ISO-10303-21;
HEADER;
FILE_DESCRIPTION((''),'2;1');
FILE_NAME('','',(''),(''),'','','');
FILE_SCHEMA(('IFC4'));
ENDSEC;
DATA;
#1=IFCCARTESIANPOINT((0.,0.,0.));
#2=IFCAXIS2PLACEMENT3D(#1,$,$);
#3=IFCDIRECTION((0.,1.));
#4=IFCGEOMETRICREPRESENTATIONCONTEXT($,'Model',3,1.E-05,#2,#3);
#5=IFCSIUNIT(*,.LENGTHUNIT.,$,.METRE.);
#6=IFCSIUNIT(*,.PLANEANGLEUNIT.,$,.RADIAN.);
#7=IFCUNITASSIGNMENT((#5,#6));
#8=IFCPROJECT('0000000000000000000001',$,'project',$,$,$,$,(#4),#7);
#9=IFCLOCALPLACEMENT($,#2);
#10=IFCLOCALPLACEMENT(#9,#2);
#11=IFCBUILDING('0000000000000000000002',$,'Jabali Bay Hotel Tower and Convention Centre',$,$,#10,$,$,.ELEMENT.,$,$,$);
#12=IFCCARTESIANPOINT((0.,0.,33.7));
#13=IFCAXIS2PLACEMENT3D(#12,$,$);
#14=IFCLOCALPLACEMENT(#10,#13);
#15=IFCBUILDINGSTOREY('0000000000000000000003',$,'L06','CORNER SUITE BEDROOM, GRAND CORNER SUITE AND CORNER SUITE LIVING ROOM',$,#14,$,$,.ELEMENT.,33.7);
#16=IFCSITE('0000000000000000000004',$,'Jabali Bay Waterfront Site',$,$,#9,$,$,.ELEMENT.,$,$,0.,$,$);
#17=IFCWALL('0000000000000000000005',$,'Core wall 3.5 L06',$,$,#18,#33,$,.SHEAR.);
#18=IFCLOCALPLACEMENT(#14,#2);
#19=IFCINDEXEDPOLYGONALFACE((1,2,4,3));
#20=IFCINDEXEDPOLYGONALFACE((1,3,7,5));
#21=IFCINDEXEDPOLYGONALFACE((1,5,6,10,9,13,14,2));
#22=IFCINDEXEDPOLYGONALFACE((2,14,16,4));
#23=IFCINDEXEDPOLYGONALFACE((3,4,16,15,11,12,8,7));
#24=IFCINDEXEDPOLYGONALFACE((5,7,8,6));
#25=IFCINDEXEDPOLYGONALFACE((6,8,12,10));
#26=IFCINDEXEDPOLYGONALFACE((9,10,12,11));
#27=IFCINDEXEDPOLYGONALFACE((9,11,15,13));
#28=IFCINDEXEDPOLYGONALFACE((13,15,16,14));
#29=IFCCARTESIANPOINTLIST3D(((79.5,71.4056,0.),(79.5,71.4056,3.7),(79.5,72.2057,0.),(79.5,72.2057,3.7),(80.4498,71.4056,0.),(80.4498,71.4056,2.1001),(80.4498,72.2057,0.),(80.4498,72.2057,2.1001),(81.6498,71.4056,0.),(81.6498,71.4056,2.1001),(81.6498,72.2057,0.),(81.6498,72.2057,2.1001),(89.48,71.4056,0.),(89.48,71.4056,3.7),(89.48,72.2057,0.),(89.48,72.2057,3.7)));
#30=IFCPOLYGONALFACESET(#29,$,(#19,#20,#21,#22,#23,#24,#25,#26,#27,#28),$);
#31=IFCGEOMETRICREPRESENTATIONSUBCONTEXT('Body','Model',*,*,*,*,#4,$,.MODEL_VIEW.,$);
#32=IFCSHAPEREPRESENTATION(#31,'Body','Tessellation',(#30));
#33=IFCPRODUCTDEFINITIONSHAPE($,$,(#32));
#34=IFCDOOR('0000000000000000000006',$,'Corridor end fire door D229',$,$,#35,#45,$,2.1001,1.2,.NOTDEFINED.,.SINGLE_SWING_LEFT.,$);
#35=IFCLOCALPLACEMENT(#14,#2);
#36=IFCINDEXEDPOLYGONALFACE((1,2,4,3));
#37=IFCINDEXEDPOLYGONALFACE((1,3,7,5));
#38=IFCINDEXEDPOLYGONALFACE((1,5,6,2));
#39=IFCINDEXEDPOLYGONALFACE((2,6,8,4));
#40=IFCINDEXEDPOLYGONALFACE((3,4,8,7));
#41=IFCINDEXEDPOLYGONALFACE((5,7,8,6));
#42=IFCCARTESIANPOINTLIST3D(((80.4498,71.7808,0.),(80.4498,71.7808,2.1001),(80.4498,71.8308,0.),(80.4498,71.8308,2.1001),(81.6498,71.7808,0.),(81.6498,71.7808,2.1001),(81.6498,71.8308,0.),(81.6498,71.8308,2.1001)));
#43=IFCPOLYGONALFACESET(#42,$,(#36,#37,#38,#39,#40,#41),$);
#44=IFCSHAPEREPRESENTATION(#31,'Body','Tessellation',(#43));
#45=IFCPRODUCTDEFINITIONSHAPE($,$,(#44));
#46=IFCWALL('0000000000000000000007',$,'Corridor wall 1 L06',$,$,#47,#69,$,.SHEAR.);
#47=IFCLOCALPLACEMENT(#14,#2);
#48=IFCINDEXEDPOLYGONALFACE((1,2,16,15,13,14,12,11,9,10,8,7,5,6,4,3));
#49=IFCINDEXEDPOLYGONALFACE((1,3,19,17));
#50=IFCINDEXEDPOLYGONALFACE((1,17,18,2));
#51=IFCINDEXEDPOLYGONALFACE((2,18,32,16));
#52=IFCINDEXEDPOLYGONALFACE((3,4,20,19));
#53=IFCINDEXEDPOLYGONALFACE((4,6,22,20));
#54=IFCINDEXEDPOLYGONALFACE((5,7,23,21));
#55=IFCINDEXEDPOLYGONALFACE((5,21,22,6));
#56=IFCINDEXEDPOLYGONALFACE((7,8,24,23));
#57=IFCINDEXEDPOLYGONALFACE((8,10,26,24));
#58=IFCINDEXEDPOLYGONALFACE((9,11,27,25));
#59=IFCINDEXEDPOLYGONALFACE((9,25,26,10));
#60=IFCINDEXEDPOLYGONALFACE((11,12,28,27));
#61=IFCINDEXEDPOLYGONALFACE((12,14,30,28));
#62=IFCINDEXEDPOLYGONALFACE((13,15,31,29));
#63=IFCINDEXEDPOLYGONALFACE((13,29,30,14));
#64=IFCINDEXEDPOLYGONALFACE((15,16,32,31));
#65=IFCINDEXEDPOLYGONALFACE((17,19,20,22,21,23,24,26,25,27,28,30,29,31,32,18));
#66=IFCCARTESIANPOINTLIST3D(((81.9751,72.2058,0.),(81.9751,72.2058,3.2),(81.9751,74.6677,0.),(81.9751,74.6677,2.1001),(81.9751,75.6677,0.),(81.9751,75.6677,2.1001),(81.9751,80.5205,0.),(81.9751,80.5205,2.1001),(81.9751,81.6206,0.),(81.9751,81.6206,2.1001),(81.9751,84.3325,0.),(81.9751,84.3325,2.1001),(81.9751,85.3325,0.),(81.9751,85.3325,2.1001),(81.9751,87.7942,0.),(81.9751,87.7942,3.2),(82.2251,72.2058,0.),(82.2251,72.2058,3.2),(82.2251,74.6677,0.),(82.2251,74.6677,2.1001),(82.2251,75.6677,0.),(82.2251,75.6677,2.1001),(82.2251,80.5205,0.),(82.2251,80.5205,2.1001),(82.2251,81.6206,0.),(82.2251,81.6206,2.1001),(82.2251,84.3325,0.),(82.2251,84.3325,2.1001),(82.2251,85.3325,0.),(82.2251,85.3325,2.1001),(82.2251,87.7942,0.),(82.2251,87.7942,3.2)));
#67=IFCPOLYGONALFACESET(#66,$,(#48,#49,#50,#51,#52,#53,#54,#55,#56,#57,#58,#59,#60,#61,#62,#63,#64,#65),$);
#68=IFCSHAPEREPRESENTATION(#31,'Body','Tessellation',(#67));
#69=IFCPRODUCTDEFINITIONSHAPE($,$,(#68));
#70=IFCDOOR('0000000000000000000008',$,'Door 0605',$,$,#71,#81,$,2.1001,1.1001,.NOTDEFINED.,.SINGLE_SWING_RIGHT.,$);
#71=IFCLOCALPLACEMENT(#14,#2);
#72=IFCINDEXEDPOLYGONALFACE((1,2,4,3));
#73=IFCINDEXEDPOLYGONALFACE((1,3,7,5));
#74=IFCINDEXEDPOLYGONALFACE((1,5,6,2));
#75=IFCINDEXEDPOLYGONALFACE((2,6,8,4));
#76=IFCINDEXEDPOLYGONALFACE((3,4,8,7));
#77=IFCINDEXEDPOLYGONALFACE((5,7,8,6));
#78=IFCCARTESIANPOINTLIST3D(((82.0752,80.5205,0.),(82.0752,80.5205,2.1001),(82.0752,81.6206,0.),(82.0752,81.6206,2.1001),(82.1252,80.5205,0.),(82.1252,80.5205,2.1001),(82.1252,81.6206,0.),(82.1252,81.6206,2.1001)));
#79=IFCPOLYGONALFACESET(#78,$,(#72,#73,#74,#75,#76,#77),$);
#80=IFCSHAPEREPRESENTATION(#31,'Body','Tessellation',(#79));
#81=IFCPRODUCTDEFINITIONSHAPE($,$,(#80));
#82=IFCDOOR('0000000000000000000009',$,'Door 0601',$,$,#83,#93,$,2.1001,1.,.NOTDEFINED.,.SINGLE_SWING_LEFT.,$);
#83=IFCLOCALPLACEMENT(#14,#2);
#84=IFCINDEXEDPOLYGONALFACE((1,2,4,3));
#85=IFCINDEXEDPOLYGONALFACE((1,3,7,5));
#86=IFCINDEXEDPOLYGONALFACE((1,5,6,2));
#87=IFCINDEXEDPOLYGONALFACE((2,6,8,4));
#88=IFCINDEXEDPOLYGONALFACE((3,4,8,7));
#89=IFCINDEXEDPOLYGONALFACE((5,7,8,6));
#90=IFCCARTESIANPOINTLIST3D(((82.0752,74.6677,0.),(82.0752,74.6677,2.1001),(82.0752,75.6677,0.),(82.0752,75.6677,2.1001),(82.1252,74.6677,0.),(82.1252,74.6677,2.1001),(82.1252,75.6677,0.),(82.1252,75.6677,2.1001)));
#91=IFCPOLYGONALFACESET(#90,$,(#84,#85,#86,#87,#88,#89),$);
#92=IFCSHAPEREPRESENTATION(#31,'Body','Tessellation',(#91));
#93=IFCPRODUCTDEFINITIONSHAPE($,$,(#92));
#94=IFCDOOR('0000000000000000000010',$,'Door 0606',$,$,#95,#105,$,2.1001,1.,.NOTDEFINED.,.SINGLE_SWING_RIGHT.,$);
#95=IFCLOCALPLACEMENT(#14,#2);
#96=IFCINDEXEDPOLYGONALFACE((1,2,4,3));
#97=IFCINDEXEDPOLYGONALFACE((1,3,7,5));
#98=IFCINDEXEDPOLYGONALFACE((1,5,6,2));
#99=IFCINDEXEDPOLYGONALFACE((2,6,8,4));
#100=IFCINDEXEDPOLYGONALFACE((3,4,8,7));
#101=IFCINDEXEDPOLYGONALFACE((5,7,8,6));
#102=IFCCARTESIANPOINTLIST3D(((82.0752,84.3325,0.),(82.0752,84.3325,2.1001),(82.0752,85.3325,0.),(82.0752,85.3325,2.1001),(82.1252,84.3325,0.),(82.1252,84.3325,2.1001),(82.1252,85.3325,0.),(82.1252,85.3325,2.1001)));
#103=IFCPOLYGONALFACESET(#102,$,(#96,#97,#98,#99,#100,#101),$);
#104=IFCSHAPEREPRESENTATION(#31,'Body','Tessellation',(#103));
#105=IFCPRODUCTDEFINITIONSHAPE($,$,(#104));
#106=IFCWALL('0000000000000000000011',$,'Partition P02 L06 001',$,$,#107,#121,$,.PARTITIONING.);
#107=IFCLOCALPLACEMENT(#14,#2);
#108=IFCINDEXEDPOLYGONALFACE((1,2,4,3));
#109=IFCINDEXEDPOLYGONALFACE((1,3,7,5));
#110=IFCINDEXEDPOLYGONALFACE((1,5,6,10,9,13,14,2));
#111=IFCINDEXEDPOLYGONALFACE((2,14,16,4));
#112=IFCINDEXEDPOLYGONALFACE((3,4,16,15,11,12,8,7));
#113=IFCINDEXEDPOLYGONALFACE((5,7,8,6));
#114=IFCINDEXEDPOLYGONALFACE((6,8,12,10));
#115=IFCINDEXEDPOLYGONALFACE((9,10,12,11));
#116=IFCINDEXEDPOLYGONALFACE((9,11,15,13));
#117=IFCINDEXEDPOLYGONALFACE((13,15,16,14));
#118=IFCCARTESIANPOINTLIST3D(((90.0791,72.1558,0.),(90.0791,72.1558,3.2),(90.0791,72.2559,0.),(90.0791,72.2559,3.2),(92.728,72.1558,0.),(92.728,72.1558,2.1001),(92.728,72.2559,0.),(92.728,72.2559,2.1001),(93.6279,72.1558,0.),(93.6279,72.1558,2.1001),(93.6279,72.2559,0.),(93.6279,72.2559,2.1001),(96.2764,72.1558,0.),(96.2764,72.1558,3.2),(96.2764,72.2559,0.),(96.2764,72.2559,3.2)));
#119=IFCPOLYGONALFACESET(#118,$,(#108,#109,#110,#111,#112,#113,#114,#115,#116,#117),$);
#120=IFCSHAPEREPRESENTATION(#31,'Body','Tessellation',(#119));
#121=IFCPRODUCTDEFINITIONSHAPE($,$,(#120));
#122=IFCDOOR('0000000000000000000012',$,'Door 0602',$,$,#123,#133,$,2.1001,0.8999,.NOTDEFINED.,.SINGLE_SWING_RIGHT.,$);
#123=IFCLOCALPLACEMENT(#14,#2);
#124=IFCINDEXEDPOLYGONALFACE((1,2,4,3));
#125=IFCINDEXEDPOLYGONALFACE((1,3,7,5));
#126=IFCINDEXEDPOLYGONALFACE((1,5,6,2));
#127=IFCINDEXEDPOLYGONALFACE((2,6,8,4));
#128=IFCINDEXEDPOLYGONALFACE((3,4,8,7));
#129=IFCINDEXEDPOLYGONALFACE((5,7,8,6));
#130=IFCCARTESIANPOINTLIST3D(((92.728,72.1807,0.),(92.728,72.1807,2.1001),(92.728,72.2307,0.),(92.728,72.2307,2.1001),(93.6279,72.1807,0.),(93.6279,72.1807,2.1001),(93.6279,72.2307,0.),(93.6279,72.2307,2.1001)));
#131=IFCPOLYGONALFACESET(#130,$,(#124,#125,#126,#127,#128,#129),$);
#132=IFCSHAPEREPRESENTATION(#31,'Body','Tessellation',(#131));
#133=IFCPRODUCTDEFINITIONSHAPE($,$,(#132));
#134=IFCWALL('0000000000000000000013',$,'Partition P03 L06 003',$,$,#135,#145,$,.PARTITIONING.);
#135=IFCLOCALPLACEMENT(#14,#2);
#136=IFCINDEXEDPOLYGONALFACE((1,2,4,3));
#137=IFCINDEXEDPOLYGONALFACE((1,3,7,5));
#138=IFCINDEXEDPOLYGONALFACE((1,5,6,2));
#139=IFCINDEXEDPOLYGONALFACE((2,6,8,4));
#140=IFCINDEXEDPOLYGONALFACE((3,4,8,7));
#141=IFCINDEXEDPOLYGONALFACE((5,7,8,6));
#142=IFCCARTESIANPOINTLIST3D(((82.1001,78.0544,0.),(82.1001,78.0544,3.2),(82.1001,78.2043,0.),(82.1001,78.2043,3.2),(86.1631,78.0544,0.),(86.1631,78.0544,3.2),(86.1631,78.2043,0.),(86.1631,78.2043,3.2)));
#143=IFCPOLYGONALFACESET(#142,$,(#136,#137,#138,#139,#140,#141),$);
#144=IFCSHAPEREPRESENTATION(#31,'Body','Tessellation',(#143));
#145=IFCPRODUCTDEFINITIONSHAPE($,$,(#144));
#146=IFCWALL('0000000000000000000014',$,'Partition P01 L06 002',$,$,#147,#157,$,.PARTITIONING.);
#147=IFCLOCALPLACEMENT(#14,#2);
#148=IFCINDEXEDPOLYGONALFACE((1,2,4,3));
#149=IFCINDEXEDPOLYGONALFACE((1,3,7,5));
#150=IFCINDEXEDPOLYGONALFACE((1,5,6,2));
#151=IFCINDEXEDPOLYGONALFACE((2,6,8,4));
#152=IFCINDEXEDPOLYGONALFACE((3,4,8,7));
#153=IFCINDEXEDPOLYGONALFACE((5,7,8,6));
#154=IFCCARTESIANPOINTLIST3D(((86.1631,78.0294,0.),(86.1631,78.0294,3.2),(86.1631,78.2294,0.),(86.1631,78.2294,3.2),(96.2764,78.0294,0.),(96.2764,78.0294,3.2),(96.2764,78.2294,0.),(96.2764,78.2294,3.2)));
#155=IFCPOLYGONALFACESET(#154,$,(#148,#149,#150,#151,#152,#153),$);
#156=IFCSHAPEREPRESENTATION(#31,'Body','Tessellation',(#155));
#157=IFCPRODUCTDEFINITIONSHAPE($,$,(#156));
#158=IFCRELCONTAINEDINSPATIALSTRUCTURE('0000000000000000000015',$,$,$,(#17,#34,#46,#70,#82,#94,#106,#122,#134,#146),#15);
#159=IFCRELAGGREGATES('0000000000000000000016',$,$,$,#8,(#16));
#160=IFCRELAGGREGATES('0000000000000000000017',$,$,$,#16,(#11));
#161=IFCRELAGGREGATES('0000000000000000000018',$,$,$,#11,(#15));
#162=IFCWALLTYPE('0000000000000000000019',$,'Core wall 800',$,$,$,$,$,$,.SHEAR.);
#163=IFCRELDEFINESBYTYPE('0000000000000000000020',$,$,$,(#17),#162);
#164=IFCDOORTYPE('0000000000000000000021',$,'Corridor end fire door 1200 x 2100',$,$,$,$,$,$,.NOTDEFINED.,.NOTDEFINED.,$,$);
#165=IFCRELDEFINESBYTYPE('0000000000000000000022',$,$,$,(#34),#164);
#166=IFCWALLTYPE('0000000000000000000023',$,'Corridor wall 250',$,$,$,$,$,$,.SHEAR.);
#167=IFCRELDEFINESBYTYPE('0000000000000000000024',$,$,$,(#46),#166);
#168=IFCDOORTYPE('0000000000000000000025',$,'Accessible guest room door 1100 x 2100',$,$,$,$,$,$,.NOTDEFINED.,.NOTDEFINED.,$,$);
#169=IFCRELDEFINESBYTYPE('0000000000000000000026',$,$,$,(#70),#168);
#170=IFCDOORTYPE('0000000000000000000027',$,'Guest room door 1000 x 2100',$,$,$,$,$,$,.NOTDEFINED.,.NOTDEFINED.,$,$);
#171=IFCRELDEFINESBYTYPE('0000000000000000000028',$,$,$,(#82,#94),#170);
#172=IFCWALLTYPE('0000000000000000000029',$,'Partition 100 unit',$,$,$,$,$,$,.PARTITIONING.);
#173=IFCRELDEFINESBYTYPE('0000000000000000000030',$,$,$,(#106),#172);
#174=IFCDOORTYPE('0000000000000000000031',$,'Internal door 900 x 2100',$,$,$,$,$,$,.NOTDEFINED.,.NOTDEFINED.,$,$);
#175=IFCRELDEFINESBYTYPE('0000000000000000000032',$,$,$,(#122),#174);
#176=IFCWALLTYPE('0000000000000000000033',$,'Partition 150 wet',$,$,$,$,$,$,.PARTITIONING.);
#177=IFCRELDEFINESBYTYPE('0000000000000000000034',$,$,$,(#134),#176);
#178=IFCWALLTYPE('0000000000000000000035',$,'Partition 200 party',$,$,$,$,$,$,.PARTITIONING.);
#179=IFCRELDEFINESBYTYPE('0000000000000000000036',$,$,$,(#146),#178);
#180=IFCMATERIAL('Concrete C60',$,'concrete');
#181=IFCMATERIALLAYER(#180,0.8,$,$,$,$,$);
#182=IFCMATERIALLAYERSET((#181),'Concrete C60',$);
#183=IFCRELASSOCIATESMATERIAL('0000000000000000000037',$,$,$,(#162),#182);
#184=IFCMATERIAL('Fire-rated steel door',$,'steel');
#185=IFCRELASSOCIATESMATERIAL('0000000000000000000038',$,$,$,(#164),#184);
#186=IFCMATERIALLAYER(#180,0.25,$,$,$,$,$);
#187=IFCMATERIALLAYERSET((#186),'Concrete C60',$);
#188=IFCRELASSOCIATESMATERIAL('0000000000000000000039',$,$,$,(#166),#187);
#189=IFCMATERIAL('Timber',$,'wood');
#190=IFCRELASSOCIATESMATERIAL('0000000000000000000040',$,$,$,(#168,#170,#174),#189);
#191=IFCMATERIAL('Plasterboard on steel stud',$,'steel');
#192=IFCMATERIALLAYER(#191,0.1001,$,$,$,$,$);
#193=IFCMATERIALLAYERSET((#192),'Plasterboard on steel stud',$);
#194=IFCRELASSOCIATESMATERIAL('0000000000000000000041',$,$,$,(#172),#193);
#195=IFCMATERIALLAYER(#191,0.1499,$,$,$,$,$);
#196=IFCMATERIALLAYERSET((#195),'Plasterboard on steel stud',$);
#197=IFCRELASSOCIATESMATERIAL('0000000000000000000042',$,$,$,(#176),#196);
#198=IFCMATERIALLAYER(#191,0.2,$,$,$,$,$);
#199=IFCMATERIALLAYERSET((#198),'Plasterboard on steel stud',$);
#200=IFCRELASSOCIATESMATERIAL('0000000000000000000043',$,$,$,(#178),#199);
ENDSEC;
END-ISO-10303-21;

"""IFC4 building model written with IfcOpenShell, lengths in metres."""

from ifc_helpers import new_model, si_unit, direction, frame, frame_2d, origin, place, context, subcontext, project, spatial, rectangle, extrude, material, layer, layer_set, type_object, element, fill, save


model = new_model("IFC4")

# Units and contexts
model_context = context("Model", 3, precision=1e-05, world=origin(), true_north=direction((0.0, 1.0)))
body_context = subcontext(model_context, "Body", "Model", "MODEL_VIEW")
ifc_project = project(units=[si_unit("LENGTHUNIT", "METRE"), si_unit("PLANEANGLEUNIT", "RADIAN")], contexts=[model_context])

# Site, building, storey
site_placement = place(None, origin())
site = spatial("IfcSite", under=ifc_project, at=site_placement, Name="Jabali Bay Waterfront Site", CompositionType="ELEMENT", RefElevation=0.0)
building_placement = place(site_placement, origin())
building = spatial("IfcBuilding", under=site, at=building_placement, Name="Jabali Bay Hotel Tower and Convention Centre", CompositionType="ELEMENT")
storey_placement = place(building_placement, frame((0.0, 0.0, 33.7)))
storey = spatial("IfcBuildingStorey", under=building, at=storey_placement, Name="L06", Description="CORNER SUITE BEDROOM, GRAND CORNER SUITE AND CORNER SUITE LIVING ROOM", CompositionType="ELEMENT", Elevation=33.7)

# Shared definitions
ifc_material_1 = material(Name="Concrete C60", Category="concrete")

# Shared definitions
ifc_material_2 = material(Name="Fire-rated steel door", Category="steel")

# Wall, opening, door
ifc_layer_1 = layer(ifc_material_1, 0.8)
ifc_layer_set_1 = layer_set([ifc_layer_1], Name="Concrete C60")
wall_type_1 = type_object("IfcWallType", Name="Core wall 800", PredefinedType="SHEAR", material=ifc_layer_set_1)
door_type_1 = type_object("IfcDoorType", Name="Corridor end fire door 1200 x 2100", OperationType="NOTDEFINED", PredefinedType="NOTDEFINED", material=ifc_material_2)
wall_1_placement = place(storey_placement, frame((89.48, 71.8057, 0.0), z_axis=(0.0, 0.0, 1.0), x_axis=(-1.0, 0.0, 0.0)))
wall_1 = element("IfcWall", 1, at=wall_1_placement, inside=storey, type_object=wall_type_1, Name="Core wall 3.5 L06", PredefinedType="SHEAR", context=body_context, shape_type="SweptSolid", body=[
    extrude(rectangle(XDim=9.98, YDim=0.8, at=frame_2d((4.99, 0.0))), origin(), (0.0, 0.0, 1.0), 3.7),
])
opening_1_placement = place(wall_1_placement, frame((7.8301, 0.0, 0.0)))
opening_1 = element("IfcOpeningElement", 2, at=opening_1_placement, cuts=wall_1, PredefinedType="OPENING", context=body_context, shape_type="SweptSolid", body=[
    extrude(rectangle(XDim=1.2, YDim=2.1001, at=frame_2d((0.6001, 1.05))), frame((0.0, 0.4106, 0.0), z_axis=(0.0, -1.0, 0.0), x_axis=(1.0, 0.0, 0.0)), (0.0, 0.0, 1.0), 0.821),
])
door_1_placement = place(opening_1_placement, origin())
door_1 = element("IfcDoor", 3, at=door_1_placement, inside=storey, type_object=door_type_1, Name="Corridor end fire door D229", OperationType="SINGLE_SWING_LEFT", OverallHeight=2.1001, OverallWidth=1.2, PredefinedType="NOTDEFINED", context=body_context, shape_type="SweptSolid", body=[
    extrude(rectangle(XDim=1.2, YDim=2.1001, at=frame_2d((0.6001, 1.05))), frame((0.0, 0.0249, 0.0), z_axis=(0.0, -1.0, 0.0), x_axis=(1.0, 0.0, 0.0)), (0.0, 0.0, 1.0), 0.05),
])
fill(opening_1, door_1)

# Wall, openings, doors
ifc_layer_2 = layer(ifc_material_1, 0.25)
ifc_layer_set_2 = layer_set([ifc_layer_2], Name="Concrete C60")
wall_type_2 = type_object("IfcWallType", Name="Corridor wall 250", PredefinedType="SHEAR", material=ifc_layer_set_2)
wall_2_placement = place(storey_placement, frame((82.1001, 72.2058, 0.0), z_axis=(0.0, 0.0, 1.0), x_axis=(0.0, 1.0, 0.0)))
wall_2 = element("IfcWall", 4, at=wall_2_placement, inside=storey, type_object=wall_type_2, Name="Corridor wall 1 L06", PredefinedType="SHEAR", context=body_context, shape_type="SweptSolid", body=[
    extrude(rectangle(XDim=15.5884, YDim=0.25, at=frame_2d((7.7942, 0.0))), origin(), (0.0, 0.0, 1.0), 3.2),
])
opening_2_placement = place(wall_2_placement, frame((2.4619, 0.0, 0.0)))
opening_2 = element("IfcOpeningElement", 5, at=opening_2_placement, cuts=wall_2, PredefinedType="OPENING", context=body_context, shape_type="SweptSolid", body=[
    extrude(rectangle(XDim=1.0, YDim=2.1001, at=frame_2d((0.5, 1.05))), frame((0.0, 0.1355, 0.0), z_axis=(0.0, -1.0, 0.0), x_axis=(1.0, 0.0, 0.0)), (0.0, 0.0, 1.0), 0.271),
])
opening_3_placement = place(wall_2_placement, frame((8.3147, 0.0, 0.0)))
opening_3 = element("IfcOpeningElement", 6, at=opening_3_placement, cuts=wall_2, PredefinedType="OPENING", context=body_context, shape_type="SweptSolid", body=[
    extrude(rectangle(XDim=1.1001, YDim=2.1001, at=frame_2d((0.55, 1.05))), frame((0.0, 0.1355, 0.0), z_axis=(0.0, -1.0, 0.0), x_axis=(1.0, 0.0, 0.0)), (0.0, 0.0, 1.0), 0.271),
])
opening_4_placement = place(wall_2_placement, frame((12.1267, 0.0, 0.0)))
opening_4 = element("IfcOpeningElement", 7, at=opening_4_placement, cuts=wall_2, PredefinedType="OPENING", context=body_context, shape_type="SweptSolid", body=[
    extrude(rectangle(XDim=1.0, YDim=2.1001, at=frame_2d((0.5, 1.05))), frame((0.0, 0.1355, 0.0), z_axis=(0.0, -1.0, 0.0), x_axis=(1.0, 0.0, 0.0)), (0.0, 0.0, 1.0), 0.271),
])
ifc_material_3 = material(Name="Timber", Category="wood")
door_type_2 = type_object("IfcDoorType", Name="Accessible guest room door 1100 x 2100", OperationType="NOTDEFINED", PredefinedType="NOTDEFINED", material=ifc_material_3)
door_2_placement = place(opening_3_placement, origin())
door_2 = element("IfcDoor", 8, at=door_2_placement, inside=storey, type_object=door_type_2, Name="Door 0605", OperationType="SINGLE_SWING_RIGHT", OverallHeight=2.1001, OverallWidth=1.1001, PredefinedType="NOTDEFINED", context=body_context, shape_type="SweptSolid", body=[
    extrude(rectangle(XDim=1.1001, YDim=2.1001, at=frame_2d((0.55, 1.05))), frame((0.0, 0.0249, 0.0), z_axis=(0.0, -1.0, 0.0), x_axis=(1.0, 0.0, 0.0)), (0.0, 0.0, 1.0), 0.05),
])
fill(opening_3, door_2)
door_type_3 = type_object("IfcDoorType", Name="Guest room door 1000 x 2100", OperationType="NOTDEFINED", PredefinedType="NOTDEFINED", material=ifc_material_3)
door_3_placement = place(opening_2_placement, origin())
door_3 = element("IfcDoor", 9, at=door_3_placement, inside=storey, type_object=door_type_3, Name="Door 0601", OperationType="SINGLE_SWING_LEFT", OverallHeight=2.1001, OverallWidth=1.0, PredefinedType="NOTDEFINED", context=body_context, shape_type="SweptSolid", body=[
    extrude(rectangle(XDim=1.0, YDim=2.1001, at=frame_2d((0.5, 1.05))), frame((0.0, 0.0249, 0.0), z_axis=(0.0, -1.0, 0.0), x_axis=(1.0, 0.0, 0.0)), (0.0, 0.0, 1.0), 0.05),
])
fill(opening_2, door_3)
door_4_placement = place(opening_4_placement, origin())
door_4 = element("IfcDoor", 10, at=door_4_placement, inside=storey, type_object=door_type_3, Name="Door 0606", OperationType="SINGLE_SWING_RIGHT", OverallHeight=2.1001, OverallWidth=1.0, PredefinedType="NOTDEFINED", context=body_context, shape_type="SweptSolid", body=[
    extrude(rectangle(XDim=1.0, YDim=2.1001, at=frame_2d((0.5, 1.05))), frame((0.0, 0.0249, 0.0), z_axis=(0.0, -1.0, 0.0), x_axis=(1.0, 0.0, 0.0)), (0.0, 0.0, 1.0), 0.05),
])
fill(opening_4, door_4)

# Wall, opening, door
ifc_material_4 = material(Name="Plasterboard on steel stud", Category="steel")
ifc_layer_3 = layer(ifc_material_4, 0.1001)
ifc_layer_set_3 = layer_set([ifc_layer_3], Name="Plasterboard on steel stud")
wall_type_3 = type_object("IfcWallType", Name="Partition 100 unit", PredefinedType="PARTITIONING", material=ifc_layer_set_3)
wall_3_placement = place(storey_placement, frame((90.0791, 72.2058, 0.0), z_axis=(0.0, 0.0, 1.0), x_axis=(1.0, 0.0, 0.0)))
wall_3 = element("IfcWall", 11, at=wall_3_placement, inside=storey, type_object=wall_type_3, Name="Partition P02 L06 001", PredefinedType="PARTITIONING", context=body_context, shape_type="SweptSolid", body=[
    extrude(rectangle(XDim=6.1973, YDim=0.1001, at=frame_2d((3.0986, 0.0))), origin(), (0.0, 0.0, 1.0), 3.2),
])
opening_5_placement = place(wall_3_placement, frame((2.6489, 0.0, 0.0)))
opening_5 = element("IfcOpeningElement", 12, at=opening_5_placement, cuts=wall_3, PredefinedType="OPENING", context=body_context, shape_type="SweptSolid", body=[
    extrude(rectangle(XDim=0.8999, YDim=2.1001, at=frame_2d((0.45, 1.05))), frame((0.0, 0.0605, 0.0), z_axis=(0.0, -1.0, 0.0), x_axis=(1.0, 0.0, 0.0)), (0.0, 0.0, 1.0), 0.1211),
])
door_type_4 = type_object("IfcDoorType", Name="Internal door 900 x 2100", OperationType="NOTDEFINED", PredefinedType="NOTDEFINED", material=ifc_material_3)
door_5_placement = place(opening_5_placement, origin())
door_5 = element("IfcDoor", 13, at=door_5_placement, inside=storey, type_object=door_type_4, Name="Door 0602", OperationType="SINGLE_SWING_RIGHT", OverallHeight=2.1001, OverallWidth=0.8999, PredefinedType="NOTDEFINED", context=body_context, shape_type="SweptSolid", body=[
    extrude(rectangle(XDim=0.8999, YDim=2.1001, at=frame_2d((0.45, 1.05))), frame((0.0, 0.0249, 0.0), z_axis=(0.0, -1.0, 0.0), x_axis=(1.0, 0.0, 0.0)), (0.0, 0.0, 1.0), 0.05),
])
fill(opening_5, door_5)

# Walls
ifc_layer_4 = layer(ifc_material_4, 0.1499)
ifc_layer_set_4 = layer_set([ifc_layer_4], Name="Plasterboard on steel stud")
wall_type_4 = type_object("IfcWallType", Name="Partition 150 wet", PredefinedType="PARTITIONING", material=ifc_layer_set_4)
wall_4_placement = place(storey_placement, frame((86.1631, 78.1294, 0.0), z_axis=(0.0, 0.0, 1.0), x_axis=(-1.0, 0.0, 0.0)))
element("IfcWall", 14, at=wall_4_placement, inside=storey, type_object=wall_type_4, Name="Partition P03 L06 003", PredefinedType="PARTITIONING", context=body_context, shape_type="SweptSolid", body=[
    extrude(rectangle(XDim=4.063, YDim=0.1499, at=frame_2d((2.0315, 0.0))), origin(), (0.0, 0.0, 1.0), 3.2),
])
ifc_layer_5 = layer(ifc_material_4, 0.2)
ifc_layer_set_5 = layer_set([ifc_layer_5], Name="Plasterboard on steel stud")
wall_type_5 = type_object("IfcWallType", Name="Partition 200 party", PredefinedType="PARTITIONING", material=ifc_layer_set_5)
wall_5_placement = place(storey_placement, frame((96.2764, 78.1294, 0.0), z_axis=(0.0, 0.0, 1.0), x_axis=(-1.0, 0.0, 0.0)))
element("IfcWall", 15, at=wall_5_placement, inside=storey, type_object=wall_type_5, Name="Partition P01 L06 002", PredefinedType="PARTITIONING", context=body_context, shape_type="SweptSolid", body=[
    extrude(rectangle(XDim=10.1133, YDim=0.2, at=frame_2d((5.0566, 0.0))), origin(), (0.0, 0.0, 1.0), 3.2),
])

save(model, "model.ifc")
